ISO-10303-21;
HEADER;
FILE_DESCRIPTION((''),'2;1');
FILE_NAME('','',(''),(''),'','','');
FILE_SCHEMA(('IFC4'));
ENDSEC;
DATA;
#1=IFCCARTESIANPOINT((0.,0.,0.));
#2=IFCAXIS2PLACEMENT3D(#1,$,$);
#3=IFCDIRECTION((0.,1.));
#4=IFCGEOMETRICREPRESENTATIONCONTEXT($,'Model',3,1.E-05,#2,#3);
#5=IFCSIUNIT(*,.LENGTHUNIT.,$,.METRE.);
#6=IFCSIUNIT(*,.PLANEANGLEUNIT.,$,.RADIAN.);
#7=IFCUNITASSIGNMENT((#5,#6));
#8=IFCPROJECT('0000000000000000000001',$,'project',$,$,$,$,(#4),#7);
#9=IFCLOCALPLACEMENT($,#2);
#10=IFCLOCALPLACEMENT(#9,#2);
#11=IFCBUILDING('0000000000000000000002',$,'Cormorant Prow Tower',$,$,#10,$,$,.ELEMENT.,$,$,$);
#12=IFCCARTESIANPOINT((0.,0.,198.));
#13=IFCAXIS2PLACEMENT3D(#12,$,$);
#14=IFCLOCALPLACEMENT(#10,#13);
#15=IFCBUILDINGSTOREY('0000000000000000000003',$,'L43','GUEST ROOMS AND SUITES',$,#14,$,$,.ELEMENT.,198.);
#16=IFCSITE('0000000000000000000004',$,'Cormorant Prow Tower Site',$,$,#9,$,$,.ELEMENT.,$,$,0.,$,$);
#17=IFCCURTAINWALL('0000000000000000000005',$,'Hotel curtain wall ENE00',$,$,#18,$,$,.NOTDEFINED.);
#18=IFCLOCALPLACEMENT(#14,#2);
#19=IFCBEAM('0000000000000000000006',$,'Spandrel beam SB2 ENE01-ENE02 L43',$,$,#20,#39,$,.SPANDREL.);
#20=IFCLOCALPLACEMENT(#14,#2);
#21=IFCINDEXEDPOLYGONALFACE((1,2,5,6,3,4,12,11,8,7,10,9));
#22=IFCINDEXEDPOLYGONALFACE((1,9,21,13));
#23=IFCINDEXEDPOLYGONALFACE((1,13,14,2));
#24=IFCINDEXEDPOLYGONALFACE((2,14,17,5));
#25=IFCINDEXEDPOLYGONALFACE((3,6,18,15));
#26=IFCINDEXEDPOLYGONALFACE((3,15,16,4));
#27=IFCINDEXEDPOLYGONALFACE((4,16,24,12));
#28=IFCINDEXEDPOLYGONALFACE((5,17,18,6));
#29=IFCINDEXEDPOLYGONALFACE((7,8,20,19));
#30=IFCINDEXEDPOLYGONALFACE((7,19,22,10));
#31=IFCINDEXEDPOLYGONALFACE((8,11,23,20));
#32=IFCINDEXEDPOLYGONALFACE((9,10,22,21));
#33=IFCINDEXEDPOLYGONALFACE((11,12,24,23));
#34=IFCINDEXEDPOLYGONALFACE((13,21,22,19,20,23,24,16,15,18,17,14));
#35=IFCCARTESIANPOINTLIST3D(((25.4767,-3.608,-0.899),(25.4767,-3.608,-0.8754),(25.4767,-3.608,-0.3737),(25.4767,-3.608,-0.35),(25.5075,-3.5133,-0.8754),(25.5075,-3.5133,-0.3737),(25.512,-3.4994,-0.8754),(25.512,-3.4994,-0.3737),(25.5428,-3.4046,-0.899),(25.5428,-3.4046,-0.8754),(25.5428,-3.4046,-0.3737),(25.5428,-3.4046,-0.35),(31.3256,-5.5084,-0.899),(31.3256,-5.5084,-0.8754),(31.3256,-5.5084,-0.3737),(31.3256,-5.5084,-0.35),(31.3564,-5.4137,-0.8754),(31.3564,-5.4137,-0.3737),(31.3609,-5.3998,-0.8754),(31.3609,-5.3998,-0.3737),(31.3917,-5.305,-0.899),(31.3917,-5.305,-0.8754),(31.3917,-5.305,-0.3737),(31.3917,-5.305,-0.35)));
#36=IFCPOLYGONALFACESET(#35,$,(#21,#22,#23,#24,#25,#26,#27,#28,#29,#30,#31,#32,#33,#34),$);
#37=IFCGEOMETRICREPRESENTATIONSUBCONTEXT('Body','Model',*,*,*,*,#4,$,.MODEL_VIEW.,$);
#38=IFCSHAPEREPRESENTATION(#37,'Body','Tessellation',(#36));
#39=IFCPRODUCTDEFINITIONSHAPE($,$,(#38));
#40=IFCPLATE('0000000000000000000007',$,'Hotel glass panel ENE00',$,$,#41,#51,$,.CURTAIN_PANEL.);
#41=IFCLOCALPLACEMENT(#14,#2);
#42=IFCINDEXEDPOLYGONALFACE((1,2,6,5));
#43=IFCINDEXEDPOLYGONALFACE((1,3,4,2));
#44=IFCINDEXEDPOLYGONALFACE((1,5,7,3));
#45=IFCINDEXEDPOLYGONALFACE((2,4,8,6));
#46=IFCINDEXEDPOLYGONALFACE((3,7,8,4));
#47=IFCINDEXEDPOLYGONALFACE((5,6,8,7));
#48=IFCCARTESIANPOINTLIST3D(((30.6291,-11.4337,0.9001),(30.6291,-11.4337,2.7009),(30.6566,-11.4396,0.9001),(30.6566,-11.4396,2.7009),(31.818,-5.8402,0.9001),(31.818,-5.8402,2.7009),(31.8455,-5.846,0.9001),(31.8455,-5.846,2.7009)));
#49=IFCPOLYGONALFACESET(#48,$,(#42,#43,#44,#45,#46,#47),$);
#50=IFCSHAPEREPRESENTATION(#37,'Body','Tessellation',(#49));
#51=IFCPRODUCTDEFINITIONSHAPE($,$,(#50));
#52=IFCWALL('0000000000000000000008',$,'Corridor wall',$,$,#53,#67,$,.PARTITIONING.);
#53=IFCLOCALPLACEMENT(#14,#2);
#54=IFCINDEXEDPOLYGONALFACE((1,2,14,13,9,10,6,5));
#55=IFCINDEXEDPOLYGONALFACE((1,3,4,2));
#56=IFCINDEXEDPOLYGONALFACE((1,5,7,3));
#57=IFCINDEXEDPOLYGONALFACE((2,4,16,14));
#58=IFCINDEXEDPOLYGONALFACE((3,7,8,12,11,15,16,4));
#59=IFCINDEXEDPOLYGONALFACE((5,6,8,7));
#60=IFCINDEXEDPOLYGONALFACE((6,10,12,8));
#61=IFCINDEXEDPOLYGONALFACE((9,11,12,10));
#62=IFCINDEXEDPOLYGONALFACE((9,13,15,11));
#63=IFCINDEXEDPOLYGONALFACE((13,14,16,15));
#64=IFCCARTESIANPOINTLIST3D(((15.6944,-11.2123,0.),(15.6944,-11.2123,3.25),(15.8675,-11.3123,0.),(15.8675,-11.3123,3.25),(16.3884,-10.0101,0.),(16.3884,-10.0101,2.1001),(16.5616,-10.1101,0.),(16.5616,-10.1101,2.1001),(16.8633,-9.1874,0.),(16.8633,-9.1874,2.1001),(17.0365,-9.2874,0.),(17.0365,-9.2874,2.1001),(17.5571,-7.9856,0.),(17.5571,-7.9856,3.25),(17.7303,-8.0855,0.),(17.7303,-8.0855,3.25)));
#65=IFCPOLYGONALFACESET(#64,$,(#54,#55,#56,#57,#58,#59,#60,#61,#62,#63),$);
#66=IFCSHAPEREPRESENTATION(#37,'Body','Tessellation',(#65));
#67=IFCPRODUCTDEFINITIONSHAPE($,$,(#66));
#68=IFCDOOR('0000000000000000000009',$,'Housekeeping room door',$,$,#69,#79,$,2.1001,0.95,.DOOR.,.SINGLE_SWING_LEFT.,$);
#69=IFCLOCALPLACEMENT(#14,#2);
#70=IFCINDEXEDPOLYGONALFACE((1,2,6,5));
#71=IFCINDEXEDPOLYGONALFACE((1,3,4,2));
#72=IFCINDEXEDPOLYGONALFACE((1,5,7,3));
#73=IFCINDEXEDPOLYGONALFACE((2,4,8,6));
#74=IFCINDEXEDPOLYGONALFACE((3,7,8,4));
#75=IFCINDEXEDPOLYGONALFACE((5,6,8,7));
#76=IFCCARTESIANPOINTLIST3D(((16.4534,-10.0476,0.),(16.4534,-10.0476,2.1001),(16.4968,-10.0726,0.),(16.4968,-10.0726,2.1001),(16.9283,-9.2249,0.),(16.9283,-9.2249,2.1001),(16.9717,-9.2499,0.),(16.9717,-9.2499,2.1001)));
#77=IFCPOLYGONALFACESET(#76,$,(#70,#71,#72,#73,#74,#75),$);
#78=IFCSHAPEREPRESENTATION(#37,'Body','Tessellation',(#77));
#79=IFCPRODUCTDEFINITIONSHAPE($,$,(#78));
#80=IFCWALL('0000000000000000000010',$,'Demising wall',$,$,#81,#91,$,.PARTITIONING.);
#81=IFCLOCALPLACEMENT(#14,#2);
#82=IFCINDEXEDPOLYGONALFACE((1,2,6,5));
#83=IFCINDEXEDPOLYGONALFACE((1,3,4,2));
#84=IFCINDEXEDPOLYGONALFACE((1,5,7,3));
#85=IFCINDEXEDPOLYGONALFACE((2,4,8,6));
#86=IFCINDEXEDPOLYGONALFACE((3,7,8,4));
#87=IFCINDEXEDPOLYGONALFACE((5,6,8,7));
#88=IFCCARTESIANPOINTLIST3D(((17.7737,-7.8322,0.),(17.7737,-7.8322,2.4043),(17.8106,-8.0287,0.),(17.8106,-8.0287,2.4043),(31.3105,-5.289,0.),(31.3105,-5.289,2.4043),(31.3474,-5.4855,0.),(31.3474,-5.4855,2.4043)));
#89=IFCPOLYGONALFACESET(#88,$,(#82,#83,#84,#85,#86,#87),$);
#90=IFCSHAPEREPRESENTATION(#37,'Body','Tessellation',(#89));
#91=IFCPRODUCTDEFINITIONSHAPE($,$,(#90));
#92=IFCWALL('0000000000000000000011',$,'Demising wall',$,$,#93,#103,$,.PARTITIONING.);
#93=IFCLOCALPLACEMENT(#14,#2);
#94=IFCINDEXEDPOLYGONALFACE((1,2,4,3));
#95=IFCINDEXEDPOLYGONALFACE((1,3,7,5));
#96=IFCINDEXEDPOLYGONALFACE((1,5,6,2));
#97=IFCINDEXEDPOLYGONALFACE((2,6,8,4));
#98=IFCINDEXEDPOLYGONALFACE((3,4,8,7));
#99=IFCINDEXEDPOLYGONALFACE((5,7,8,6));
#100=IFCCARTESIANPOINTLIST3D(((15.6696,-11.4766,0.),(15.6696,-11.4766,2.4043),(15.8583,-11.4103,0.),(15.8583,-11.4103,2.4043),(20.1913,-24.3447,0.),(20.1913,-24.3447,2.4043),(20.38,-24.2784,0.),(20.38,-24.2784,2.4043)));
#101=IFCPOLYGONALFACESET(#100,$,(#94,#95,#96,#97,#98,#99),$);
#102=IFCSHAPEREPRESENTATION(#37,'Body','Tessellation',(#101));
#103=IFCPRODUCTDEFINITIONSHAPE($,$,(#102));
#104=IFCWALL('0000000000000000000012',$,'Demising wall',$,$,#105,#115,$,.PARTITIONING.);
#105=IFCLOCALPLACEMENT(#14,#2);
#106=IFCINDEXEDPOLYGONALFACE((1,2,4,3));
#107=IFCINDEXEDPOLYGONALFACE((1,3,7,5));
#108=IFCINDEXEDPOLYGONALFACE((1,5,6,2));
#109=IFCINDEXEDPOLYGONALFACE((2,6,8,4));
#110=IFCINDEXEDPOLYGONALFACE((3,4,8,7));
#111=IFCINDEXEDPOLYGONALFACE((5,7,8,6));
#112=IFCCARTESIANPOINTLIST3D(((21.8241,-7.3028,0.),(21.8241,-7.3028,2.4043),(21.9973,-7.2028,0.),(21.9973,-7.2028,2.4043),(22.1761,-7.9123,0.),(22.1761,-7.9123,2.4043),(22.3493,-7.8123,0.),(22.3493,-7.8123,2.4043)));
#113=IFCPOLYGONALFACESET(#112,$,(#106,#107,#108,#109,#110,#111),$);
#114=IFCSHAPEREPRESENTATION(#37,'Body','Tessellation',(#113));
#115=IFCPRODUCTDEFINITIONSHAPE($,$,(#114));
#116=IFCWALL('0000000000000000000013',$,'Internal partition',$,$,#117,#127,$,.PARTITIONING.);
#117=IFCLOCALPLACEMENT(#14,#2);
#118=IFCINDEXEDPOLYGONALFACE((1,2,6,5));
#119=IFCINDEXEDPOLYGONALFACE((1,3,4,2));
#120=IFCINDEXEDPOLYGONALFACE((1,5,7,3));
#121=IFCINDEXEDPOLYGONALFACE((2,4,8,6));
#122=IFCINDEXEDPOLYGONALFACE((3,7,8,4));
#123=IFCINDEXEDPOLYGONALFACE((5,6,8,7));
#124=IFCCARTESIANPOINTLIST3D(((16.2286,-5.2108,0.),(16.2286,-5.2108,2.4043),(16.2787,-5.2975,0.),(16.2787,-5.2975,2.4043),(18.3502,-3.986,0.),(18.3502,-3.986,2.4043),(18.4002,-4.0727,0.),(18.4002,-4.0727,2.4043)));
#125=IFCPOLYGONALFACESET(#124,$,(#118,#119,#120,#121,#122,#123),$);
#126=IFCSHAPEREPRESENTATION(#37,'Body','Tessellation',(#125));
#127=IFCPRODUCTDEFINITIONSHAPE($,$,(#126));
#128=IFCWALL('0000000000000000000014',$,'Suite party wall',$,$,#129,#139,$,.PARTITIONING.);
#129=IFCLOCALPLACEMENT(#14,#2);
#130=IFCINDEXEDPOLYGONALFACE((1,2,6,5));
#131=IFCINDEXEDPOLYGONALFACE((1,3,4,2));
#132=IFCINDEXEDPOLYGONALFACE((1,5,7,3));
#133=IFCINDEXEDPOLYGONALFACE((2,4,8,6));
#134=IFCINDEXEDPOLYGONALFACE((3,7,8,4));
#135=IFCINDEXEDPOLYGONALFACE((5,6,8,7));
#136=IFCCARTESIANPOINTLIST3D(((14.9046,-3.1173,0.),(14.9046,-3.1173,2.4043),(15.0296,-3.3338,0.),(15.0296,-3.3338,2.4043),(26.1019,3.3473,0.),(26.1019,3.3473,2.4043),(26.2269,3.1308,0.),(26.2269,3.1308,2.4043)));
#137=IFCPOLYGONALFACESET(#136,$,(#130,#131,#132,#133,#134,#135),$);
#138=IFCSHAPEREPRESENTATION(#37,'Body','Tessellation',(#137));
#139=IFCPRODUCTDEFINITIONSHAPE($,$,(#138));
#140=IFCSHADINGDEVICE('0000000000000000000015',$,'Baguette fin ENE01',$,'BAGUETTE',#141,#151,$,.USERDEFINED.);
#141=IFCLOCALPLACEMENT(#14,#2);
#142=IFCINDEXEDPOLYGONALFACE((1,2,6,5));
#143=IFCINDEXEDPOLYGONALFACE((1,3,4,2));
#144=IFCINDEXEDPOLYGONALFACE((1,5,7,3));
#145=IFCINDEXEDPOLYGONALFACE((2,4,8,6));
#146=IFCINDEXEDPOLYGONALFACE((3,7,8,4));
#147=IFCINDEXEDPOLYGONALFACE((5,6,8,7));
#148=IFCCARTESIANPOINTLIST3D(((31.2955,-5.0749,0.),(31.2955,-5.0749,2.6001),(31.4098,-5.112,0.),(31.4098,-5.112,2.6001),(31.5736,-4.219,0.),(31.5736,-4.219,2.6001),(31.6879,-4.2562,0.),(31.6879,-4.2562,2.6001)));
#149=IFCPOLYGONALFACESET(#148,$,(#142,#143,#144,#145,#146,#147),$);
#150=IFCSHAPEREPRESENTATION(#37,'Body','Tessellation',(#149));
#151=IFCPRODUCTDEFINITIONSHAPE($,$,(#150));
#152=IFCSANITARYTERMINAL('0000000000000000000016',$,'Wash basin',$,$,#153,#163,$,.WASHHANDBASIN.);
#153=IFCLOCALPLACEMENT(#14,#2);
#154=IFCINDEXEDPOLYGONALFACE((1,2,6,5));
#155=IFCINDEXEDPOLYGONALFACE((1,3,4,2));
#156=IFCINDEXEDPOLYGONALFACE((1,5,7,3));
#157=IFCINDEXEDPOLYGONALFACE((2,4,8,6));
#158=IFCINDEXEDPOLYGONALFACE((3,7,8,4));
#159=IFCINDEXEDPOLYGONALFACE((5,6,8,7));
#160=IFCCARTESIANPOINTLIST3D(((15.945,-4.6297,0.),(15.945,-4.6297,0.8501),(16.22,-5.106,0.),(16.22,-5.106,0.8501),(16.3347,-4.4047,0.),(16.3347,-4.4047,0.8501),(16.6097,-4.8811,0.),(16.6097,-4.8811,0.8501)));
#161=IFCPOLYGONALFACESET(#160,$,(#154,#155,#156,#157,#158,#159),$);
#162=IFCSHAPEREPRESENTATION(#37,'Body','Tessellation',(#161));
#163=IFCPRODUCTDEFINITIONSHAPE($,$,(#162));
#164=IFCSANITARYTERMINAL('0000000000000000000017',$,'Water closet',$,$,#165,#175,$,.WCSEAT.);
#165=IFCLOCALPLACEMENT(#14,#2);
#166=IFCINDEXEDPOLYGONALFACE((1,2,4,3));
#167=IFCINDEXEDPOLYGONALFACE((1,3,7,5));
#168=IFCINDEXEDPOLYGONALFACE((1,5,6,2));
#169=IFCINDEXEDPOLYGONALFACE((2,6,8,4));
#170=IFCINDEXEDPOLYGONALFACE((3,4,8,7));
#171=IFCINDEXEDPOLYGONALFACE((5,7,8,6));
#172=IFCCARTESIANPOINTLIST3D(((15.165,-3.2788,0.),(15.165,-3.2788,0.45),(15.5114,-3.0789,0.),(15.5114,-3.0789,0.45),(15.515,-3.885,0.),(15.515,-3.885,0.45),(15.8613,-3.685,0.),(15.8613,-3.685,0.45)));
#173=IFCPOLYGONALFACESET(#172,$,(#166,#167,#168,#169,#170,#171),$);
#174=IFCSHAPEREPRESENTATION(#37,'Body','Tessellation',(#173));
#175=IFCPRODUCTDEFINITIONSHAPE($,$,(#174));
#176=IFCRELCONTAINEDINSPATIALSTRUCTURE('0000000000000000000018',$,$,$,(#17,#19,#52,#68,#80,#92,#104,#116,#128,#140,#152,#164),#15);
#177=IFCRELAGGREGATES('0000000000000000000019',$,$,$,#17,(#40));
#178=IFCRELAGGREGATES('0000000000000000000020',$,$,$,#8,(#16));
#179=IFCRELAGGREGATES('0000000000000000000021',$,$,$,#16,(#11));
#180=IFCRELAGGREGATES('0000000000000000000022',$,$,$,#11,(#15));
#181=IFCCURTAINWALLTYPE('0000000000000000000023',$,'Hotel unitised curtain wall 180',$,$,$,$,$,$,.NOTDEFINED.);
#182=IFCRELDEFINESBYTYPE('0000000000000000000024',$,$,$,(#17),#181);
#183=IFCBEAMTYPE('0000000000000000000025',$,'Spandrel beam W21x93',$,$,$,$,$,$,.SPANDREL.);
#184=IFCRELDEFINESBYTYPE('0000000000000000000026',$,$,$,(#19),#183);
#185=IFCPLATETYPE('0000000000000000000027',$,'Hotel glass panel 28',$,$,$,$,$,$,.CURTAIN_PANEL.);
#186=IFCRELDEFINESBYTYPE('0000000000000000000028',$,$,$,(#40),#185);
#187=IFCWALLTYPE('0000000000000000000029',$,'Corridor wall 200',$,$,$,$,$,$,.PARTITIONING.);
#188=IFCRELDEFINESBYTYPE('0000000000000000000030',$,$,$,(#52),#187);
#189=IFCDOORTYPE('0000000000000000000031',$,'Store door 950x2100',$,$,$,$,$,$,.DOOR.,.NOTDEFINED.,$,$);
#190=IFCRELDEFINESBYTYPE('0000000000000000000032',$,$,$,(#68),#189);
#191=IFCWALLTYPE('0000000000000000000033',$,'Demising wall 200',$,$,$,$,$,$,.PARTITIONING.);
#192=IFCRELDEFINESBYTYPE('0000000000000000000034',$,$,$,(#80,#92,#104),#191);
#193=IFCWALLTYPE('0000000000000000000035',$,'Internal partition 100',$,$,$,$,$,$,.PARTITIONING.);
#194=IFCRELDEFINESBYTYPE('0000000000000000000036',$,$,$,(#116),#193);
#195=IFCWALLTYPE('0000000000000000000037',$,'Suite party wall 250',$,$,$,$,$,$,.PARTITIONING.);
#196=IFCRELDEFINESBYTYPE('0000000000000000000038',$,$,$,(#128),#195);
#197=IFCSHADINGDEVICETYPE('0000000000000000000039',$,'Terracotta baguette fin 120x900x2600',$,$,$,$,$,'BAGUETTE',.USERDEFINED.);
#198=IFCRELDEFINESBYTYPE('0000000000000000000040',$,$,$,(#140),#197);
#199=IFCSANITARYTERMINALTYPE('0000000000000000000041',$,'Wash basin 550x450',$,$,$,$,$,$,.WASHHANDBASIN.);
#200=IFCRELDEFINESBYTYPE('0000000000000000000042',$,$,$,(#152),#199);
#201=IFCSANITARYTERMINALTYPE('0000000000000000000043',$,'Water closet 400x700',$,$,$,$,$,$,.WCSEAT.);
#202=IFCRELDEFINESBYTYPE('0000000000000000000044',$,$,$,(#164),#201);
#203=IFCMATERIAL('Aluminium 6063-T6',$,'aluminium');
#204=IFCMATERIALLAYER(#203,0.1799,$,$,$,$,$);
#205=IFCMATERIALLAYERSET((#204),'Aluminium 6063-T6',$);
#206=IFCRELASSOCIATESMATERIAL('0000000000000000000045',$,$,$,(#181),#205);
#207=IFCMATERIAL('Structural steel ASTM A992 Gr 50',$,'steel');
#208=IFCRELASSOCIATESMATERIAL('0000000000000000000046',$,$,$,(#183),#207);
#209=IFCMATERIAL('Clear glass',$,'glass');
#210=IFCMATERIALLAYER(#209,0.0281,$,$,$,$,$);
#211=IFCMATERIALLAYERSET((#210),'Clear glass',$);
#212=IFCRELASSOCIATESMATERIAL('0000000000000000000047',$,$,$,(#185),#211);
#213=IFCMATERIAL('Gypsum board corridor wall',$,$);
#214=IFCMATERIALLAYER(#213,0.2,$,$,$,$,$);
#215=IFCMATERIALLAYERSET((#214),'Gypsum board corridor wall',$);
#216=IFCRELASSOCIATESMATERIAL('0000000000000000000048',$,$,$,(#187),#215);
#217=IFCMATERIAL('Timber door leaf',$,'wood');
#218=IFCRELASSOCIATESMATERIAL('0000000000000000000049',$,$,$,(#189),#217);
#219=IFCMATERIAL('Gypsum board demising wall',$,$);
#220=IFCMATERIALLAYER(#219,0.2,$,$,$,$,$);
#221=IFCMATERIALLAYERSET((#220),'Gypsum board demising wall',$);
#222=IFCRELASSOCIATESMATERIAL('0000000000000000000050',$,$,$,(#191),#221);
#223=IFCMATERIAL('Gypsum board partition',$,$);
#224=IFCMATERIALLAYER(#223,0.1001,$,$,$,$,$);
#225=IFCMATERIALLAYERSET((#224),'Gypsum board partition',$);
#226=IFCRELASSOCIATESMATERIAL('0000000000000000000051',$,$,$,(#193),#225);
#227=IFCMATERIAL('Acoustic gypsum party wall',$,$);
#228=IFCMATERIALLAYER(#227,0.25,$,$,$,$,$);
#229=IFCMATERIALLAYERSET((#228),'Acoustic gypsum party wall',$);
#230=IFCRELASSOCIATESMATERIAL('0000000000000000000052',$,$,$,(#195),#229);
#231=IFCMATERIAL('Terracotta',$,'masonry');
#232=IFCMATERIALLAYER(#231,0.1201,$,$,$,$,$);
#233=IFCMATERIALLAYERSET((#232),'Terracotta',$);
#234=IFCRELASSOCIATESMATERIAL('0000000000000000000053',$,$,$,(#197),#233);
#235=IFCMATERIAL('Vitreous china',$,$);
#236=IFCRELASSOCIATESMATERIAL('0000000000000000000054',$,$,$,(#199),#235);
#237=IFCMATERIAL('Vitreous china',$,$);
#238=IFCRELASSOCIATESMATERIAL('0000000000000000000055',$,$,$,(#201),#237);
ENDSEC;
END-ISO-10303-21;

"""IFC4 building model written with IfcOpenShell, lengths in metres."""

from ifc_helpers import new_model, si_unit, direction, frame, frame_2d, origin, origin_2d, place, context, subcontext, project, spatial, rectangle, i_section, extrude, material, layer, layer_set, material_profile, profile_set, type_object, element, fill, aggregate, save


model = new_model("IFC4")

# Units and contexts
model_context = context("Model", 3, precision=1e-05, world=origin(), true_north=direction((0.0, 1.0)))
body_context = subcontext(model_context, "Body", "Model", "MODEL_VIEW")
ifc_project = project(units=[si_unit("LENGTHUNIT", "METRE"), si_unit("PLANEANGLEUNIT", "RADIAN")], contexts=[model_context])

# Site, building, storey
site_placement = place(None, origin())
site = spatial("IfcSite", under=ifc_project, at=site_placement, Name="Cormorant Prow Tower Site", CompositionType="ELEMENT", RefElevation=0.0)
building_placement = place(site_placement, origin())
building = spatial("IfcBuilding", under=site, at=building_placement, Name="Cormorant Prow Tower", CompositionType="ELEMENT")
storey_placement = place(building_placement, frame((0.0, 0.0, 198.0)))
storey = spatial("IfcBuildingStorey", under=building, at=storey_placement, Name="L43", Description="GUEST ROOMS AND SUITES", CompositionType="ELEMENT", Elevation=198.0)

# Curtain wall
ifc_material_1 = material(Name="Aluminium 6063-T6", Category="aluminium")
ifc_layer_1 = layer(ifc_material_1, 0.1799)
ifc_layer_set_1 = layer_set([ifc_layer_1], Name="Aluminium 6063-T6")
curtain_wall_type = type_object("IfcCurtainWallType", Name="Hotel unitised curtain wall 180", PredefinedType="NOTDEFINED", material=ifc_layer_set_1)
curtain_wall_placement = place(storey_placement, origin())
curtain_wall = element("IfcCurtainWall", 1, at=curtain_wall_placement, inside=storey, type_object=curtain_wall_type, Name="Hotel curtain wall ENE00", PredefinedType="NOTDEFINED")

# Beam
ifc_material_2 = material(Name="Structural steel ASTM A992 Gr 50", Category="steel")
ifc_material_profile_1 = material_profile(ifc_material_2, i_section(OverallWidth=0.2139, OverallDepth=0.5491, WebThickness=0.0146, FlangeThickness=0.0237, at=origin_2d()), Name="W21x93")
ifc_profile_set_1 = profile_set([ifc_material_profile_1], Name="Structural steel ASTM A992 Gr 50")
beam_type_1 = type_object("IfcBeamType", Name="Spandrel beam W21x93", PredefinedType="SPANDREL", material=ifc_profile_set_1)
beam_1_placement = place(storey_placement, frame((31.3586, -5.4067, -0.6245), z_axis=(-0.951058, 0.309013, 0.0), x_axis=(-0.309013, -0.951058, 0.0)))
element("IfcBeam", 2, at=beam_1_placement, inside=storey, type_object=beam_type_1, Name="Spandrel beam SB2 ENE01-ENE02 L43", PredefinedType="SPANDREL", context=body_context, shape_type="SweptSolid", body=[
    extrude(i_section(OverallWidth=0.2139, OverallDepth=0.5491, WebThickness=0.0146, FlangeThickness=0.0237, at=origin_2d()), origin(), (0.0, 0.0, 1.0), 6.1499),
])

# Plate
ifc_material_3 = material(Name="Clear glass", Category="glass")
ifc_layer_2 = layer(ifc_material_3, 0.0281)
ifc_layer_set_2 = layer_set([ifc_layer_2], Name="Clear glass")
plate_type = type_object("IfcPlateType", Name="Hotel glass panel 28", PredefinedType="CURTAIN_PANEL", material=ifc_layer_set_2)
plate_placement = place(storey_placement, frame((31.2373, -8.6399, 0.9001), z_axis=(0.0, 0.0, 1.0), x_axis=(0.207912, 0.978148, 0.0)))
plate = element("IfcPlate", 3, at=plate_placement, type_object=plate_type, Name="Hotel glass panel ENE00", PredefinedType="CURTAIN_PANEL", context=body_context, shape_type="SweptSolid", body=[
    extrude(rectangle(XDim=5.7185, YDim=0.0281, at=origin_2d()), origin(), (0.0, 0.0, 1.0), 1.8008),
])
aggregate(curtain_wall, [plate])

# Wall, opening, door
ifc_material_4 = material(Name="Gypsum board corridor wall")
ifc_layer_3 = layer(ifc_material_4, 0.2)
ifc_layer_set_3 = layer_set([ifc_layer_3], Name="Gypsum board corridor wall")
wall_type_1 = type_object("IfcWallType", Name="Corridor wall 200", PredefinedType="PARTITIONING", material=ifc_layer_set_3)
wall_1_placement = place(storey_placement, frame((15.781, -11.2622, 0.0), z_axis=(0.0, 0.0, 1.0), x_axis=(0.499959, 0.866049, 0.0)))
wall_1 = element("IfcWall", 4, at=wall_1_placement, inside=storey, type_object=wall_type_1, Name="Corridor wall", PredefinedType="PARTITIONING", context=body_context, shape_type="SweptSolid", body=[
    extrude(rectangle(XDim=3.7258, YDim=0.2, at=frame_2d((1.8628, 0.0))), origin(), (0.0, 0.0, 1.0), 3.25),
])
opening_1_placement = place(wall_1_placement, frame((1.3879, 0.0, 0.0)))
opening_1 = element("IfcOpeningElement", 5, at=opening_1_placement, cuts=wall_1, PredefinedType="OPENING", context=body_context, shape_type="SweptSolid", body=[
    extrude(rectangle(XDim=0.95, YDim=2.1001, at=frame_2d((0.4751, 1.05))), frame((0.0, 0.1099, 0.0), z_axis=(0.0, -1.0, 0.0), x_axis=(1.0, 0.0, 0.0)), (0.0, 0.0, 1.0), 0.22),
])
ifc_material_5 = material(Name="Timber door leaf", Category="wood")
door_type_1 = type_object("IfcDoorType", Name="Store door 950x2100", OperationType="NOTDEFINED", PredefinedType="DOOR", material=ifc_material_5)
door_1_placement = place(opening_1_placement, origin())
door_1 = element("IfcDoor", 6, at=door_1_placement, inside=storey, type_object=door_type_1, Name="Housekeeping room door", OperationType="SINGLE_SWING_LEFT", OverallHeight=2.1001, OverallWidth=0.95, PredefinedType="DOOR", context=body_context, shape_type="SweptSolid", body=[
    extrude(rectangle(XDim=0.95, YDim=2.1001, at=frame_2d((0.4751, 1.05))), frame((0.0, 0.0249, 0.0), z_axis=(0.0, -1.0, 0.0), x_axis=(1.0, 0.0, 0.0)), (0.0, 0.0, 1.0), 0.05),
])
fill(opening_1, door_1)

# Walls
ifc_material_6 = material(Name="Gypsum board demising wall")
ifc_layer_4 = layer(ifc_material_6, 0.2)
ifc_layer_set_4 = layer_set([ifc_layer_4], Name="Gypsum board demising wall")
wall_type_2 = type_object("IfcWallType", Name="Demising wall 200", PredefinedType="PARTITIONING", material=ifc_layer_set_4)
wall_2_placement = place(storey_placement, frame((17.7922, -7.9304, 0.0), z_axis=(0.0, 0.0, 1.0), x_axis=(0.982806, 0.184643, 0.0)))
element("IfcWall", 7, at=wall_2_placement, inside=storey, type_object=wall_type_2, Name="Demising wall", PredefinedType="PARTITIONING", context=body_context, shape_type="SweptSolid", body=[
    extrude(rectangle(XDim=13.7737, YDim=0.2, at=frame_2d((6.8867, 0.0))), origin(), (0.0, 0.0, 1.0), 2.4043),
])
wall_3_placement = place(storey_placement, frame((15.7639, -11.4434, 0.0), z_axis=(0.0, 0.0, 1.0), x_axis=(0.331517, -0.943449, 0.0)))
element("IfcWall", 8, at=wall_3_placement, inside=storey, type_object=wall_type_2, Name="Demising wall", PredefinedType="PARTITIONING", context=body_context, shape_type="SweptSolid", body=[
    extrude(rectangle(XDim=13.6394, YDim=0.2, at=frame_2d((6.8198, 0.0))), origin(), (0.0, 0.0, 1.0), 2.4043),
])
wall_4_placement = place(storey_placement, frame((21.9106, -7.2527, 0.0), z_axis=(0.0, 0.0, 1.0), x_axis=(0.500093, -0.865972, 0.0)))
element("IfcWall", 9, at=wall_4_placement, inside=storey, type_object=wall_type_2, Name="Demising wall", PredefinedType="PARTITIONING", context=body_context, shape_type="SweptSolid", body=[
    extrude(rectangle(XDim=0.7039, YDim=0.2, at=frame_2d((0.3521, 0.0))), origin(), (0.0, 0.0, 1.0), 2.4043),
])
ifc_material_7 = material(Name="Gypsum board partition")
ifc_layer_5 = layer(ifc_material_7, 0.1001)
ifc_layer_set_5 = layer_set([ifc_layer_5], Name="Gypsum board partition")
wall_type_3 = type_object("IfcWallType", Name="Internal partition 100", PredefinedType="PARTITIONING", material=ifc_layer_set_5)
wall_5_placement = place(storey_placement, frame((16.2537, -5.2542, 0.0), z_axis=(0.0, 0.0, 1.0), x_axis=(0.866033, 0.499987, 0.0)))
element("IfcWall", 10, at=wall_5_placement, inside=storey, type_object=wall_type_3, Name="Internal partition", PredefinedType="PARTITIONING", context=body_context, shape_type="SweptSolid", body=[
    extrude(rectangle(XDim=2.4497, YDim=0.1001, at=frame_2d((1.2249, 0.0))), origin(), (0.0, 0.0, 1.0), 2.4043),
])
ifc_material_8 = material(Name="Acoustic gypsum party wall")
ifc_layer_6 = layer(ifc_material_8, 0.25)
ifc_layer_set_6 = layer_set([ifc_layer_6], Name="Acoustic gypsum party wall")
wall_type_4 = type_object("IfcWallType", Name="Suite party wall 250", PredefinedType="PARTITIONING", material=ifc_layer_set_6)
wall_6_placement = place(storey_placement, frame((14.967, -3.2256, 0.0), z_axis=(0.0, 0.0, 1.0), x_axis=(0.86603, 0.499992, 0.0)))
element("IfcWall", 11, at=wall_6_placement, inside=storey, type_object=wall_type_4, Name="Suite party wall", PredefinedType="PARTITIONING", context=body_context, shape_type="SweptSolid", body=[
    extrude(rectangle(XDim=12.9294, YDim=0.25, at=frame_2d((6.4648, 0.0))), origin(), (0.0, 0.0, 1.0), 2.4043),
])

# Shading device
ifc_material_9 = material(Name="Terracotta", Category="masonry")
ifc_layer_7 = layer(ifc_material_9, 0.1201)
ifc_layer_set_7 = layer_set([ifc_layer_7], Name="Terracotta")
shading_device_type = type_object("IfcShadingDeviceType", Name="Terracotta baguette fin 120x900x2600", ElementType="BAGUETTE", PredefinedType="USERDEFINED", material=ifc_layer_set_7)
shading_device_placement = place(storey_placement, frame((31.4917, -4.6655, 0.0), z_axis=(0.0, 0.0, 1.0), x_axis=(-0.951056, 0.309017, 0.0)))
element("IfcShadingDevice", 12, at=shading_device_placement, inside=storey, type_object=shading_device_type, Name="Baguette fin ENE01", ObjectType="BAGUETTE", PredefinedType="USERDEFINED", context=body_context, shape_type="SweptSolid", body=[
    extrude(rectangle(XDim=0.1201, YDim=0.8999, at=origin_2d()), origin(), (0.0, 0.0, 1.0), 2.6001),
])

# Sanitary terminals
ifc_material_10 = material(Name="Vitreous china")
sanitary_terminal_type_1 = type_object("IfcSanitaryTerminalType", Name="Wash basin 550x450", PredefinedType="WASHHANDBASIN", material=ifc_material_10)
sanitary_terminal_1_placement = place(storey_placement, frame((16.2773, -4.7554, 0.0), z_axis=(0.0, 0.0, 1.0), x_axis=(-0.5, 0.866025, 0.0)))
element("IfcSanitaryTerminal", 13, at=sanitary_terminal_1_placement, inside=storey, type_object=sanitary_terminal_type_1, Name="Wash basin", PredefinedType="WASHHANDBASIN", context=body_context, shape_type="SweptSolid", body=[
    extrude(rectangle(XDim=0.55, YDim=0.45, at=origin_2d()), origin(), (0.0, 0.0, 1.0), 0.8501),
])
ifc_material_11 = material(Name="Vitreous china")
sanitary_terminal_type_2 = type_object("IfcSanitaryTerminalType", Name="Water closet 400x700", PredefinedType="WCSEAT", material=ifc_material_11)
sanitary_terminal_2_placement = place(storey_placement, frame((15.5132, -3.4819, 0.0), z_axis=(0.0, 0.0, 1.0), x_axis=(0.866025, 0.5, 0.0)))
element("IfcSanitaryTerminal", 14, at=sanitary_terminal_2_placement, inside=storey, type_object=sanitary_terminal_type_2, Name="Water closet", PredefinedType="WCSEAT", context=body_context, shape_type="SweptSolid", body=[
    extrude(rectangle(XDim=0.3999, YDim=0.7, at=origin_2d()), origin(), (0.0, 0.0, 1.0), 0.45),
])

save(model, "model.ifc")
